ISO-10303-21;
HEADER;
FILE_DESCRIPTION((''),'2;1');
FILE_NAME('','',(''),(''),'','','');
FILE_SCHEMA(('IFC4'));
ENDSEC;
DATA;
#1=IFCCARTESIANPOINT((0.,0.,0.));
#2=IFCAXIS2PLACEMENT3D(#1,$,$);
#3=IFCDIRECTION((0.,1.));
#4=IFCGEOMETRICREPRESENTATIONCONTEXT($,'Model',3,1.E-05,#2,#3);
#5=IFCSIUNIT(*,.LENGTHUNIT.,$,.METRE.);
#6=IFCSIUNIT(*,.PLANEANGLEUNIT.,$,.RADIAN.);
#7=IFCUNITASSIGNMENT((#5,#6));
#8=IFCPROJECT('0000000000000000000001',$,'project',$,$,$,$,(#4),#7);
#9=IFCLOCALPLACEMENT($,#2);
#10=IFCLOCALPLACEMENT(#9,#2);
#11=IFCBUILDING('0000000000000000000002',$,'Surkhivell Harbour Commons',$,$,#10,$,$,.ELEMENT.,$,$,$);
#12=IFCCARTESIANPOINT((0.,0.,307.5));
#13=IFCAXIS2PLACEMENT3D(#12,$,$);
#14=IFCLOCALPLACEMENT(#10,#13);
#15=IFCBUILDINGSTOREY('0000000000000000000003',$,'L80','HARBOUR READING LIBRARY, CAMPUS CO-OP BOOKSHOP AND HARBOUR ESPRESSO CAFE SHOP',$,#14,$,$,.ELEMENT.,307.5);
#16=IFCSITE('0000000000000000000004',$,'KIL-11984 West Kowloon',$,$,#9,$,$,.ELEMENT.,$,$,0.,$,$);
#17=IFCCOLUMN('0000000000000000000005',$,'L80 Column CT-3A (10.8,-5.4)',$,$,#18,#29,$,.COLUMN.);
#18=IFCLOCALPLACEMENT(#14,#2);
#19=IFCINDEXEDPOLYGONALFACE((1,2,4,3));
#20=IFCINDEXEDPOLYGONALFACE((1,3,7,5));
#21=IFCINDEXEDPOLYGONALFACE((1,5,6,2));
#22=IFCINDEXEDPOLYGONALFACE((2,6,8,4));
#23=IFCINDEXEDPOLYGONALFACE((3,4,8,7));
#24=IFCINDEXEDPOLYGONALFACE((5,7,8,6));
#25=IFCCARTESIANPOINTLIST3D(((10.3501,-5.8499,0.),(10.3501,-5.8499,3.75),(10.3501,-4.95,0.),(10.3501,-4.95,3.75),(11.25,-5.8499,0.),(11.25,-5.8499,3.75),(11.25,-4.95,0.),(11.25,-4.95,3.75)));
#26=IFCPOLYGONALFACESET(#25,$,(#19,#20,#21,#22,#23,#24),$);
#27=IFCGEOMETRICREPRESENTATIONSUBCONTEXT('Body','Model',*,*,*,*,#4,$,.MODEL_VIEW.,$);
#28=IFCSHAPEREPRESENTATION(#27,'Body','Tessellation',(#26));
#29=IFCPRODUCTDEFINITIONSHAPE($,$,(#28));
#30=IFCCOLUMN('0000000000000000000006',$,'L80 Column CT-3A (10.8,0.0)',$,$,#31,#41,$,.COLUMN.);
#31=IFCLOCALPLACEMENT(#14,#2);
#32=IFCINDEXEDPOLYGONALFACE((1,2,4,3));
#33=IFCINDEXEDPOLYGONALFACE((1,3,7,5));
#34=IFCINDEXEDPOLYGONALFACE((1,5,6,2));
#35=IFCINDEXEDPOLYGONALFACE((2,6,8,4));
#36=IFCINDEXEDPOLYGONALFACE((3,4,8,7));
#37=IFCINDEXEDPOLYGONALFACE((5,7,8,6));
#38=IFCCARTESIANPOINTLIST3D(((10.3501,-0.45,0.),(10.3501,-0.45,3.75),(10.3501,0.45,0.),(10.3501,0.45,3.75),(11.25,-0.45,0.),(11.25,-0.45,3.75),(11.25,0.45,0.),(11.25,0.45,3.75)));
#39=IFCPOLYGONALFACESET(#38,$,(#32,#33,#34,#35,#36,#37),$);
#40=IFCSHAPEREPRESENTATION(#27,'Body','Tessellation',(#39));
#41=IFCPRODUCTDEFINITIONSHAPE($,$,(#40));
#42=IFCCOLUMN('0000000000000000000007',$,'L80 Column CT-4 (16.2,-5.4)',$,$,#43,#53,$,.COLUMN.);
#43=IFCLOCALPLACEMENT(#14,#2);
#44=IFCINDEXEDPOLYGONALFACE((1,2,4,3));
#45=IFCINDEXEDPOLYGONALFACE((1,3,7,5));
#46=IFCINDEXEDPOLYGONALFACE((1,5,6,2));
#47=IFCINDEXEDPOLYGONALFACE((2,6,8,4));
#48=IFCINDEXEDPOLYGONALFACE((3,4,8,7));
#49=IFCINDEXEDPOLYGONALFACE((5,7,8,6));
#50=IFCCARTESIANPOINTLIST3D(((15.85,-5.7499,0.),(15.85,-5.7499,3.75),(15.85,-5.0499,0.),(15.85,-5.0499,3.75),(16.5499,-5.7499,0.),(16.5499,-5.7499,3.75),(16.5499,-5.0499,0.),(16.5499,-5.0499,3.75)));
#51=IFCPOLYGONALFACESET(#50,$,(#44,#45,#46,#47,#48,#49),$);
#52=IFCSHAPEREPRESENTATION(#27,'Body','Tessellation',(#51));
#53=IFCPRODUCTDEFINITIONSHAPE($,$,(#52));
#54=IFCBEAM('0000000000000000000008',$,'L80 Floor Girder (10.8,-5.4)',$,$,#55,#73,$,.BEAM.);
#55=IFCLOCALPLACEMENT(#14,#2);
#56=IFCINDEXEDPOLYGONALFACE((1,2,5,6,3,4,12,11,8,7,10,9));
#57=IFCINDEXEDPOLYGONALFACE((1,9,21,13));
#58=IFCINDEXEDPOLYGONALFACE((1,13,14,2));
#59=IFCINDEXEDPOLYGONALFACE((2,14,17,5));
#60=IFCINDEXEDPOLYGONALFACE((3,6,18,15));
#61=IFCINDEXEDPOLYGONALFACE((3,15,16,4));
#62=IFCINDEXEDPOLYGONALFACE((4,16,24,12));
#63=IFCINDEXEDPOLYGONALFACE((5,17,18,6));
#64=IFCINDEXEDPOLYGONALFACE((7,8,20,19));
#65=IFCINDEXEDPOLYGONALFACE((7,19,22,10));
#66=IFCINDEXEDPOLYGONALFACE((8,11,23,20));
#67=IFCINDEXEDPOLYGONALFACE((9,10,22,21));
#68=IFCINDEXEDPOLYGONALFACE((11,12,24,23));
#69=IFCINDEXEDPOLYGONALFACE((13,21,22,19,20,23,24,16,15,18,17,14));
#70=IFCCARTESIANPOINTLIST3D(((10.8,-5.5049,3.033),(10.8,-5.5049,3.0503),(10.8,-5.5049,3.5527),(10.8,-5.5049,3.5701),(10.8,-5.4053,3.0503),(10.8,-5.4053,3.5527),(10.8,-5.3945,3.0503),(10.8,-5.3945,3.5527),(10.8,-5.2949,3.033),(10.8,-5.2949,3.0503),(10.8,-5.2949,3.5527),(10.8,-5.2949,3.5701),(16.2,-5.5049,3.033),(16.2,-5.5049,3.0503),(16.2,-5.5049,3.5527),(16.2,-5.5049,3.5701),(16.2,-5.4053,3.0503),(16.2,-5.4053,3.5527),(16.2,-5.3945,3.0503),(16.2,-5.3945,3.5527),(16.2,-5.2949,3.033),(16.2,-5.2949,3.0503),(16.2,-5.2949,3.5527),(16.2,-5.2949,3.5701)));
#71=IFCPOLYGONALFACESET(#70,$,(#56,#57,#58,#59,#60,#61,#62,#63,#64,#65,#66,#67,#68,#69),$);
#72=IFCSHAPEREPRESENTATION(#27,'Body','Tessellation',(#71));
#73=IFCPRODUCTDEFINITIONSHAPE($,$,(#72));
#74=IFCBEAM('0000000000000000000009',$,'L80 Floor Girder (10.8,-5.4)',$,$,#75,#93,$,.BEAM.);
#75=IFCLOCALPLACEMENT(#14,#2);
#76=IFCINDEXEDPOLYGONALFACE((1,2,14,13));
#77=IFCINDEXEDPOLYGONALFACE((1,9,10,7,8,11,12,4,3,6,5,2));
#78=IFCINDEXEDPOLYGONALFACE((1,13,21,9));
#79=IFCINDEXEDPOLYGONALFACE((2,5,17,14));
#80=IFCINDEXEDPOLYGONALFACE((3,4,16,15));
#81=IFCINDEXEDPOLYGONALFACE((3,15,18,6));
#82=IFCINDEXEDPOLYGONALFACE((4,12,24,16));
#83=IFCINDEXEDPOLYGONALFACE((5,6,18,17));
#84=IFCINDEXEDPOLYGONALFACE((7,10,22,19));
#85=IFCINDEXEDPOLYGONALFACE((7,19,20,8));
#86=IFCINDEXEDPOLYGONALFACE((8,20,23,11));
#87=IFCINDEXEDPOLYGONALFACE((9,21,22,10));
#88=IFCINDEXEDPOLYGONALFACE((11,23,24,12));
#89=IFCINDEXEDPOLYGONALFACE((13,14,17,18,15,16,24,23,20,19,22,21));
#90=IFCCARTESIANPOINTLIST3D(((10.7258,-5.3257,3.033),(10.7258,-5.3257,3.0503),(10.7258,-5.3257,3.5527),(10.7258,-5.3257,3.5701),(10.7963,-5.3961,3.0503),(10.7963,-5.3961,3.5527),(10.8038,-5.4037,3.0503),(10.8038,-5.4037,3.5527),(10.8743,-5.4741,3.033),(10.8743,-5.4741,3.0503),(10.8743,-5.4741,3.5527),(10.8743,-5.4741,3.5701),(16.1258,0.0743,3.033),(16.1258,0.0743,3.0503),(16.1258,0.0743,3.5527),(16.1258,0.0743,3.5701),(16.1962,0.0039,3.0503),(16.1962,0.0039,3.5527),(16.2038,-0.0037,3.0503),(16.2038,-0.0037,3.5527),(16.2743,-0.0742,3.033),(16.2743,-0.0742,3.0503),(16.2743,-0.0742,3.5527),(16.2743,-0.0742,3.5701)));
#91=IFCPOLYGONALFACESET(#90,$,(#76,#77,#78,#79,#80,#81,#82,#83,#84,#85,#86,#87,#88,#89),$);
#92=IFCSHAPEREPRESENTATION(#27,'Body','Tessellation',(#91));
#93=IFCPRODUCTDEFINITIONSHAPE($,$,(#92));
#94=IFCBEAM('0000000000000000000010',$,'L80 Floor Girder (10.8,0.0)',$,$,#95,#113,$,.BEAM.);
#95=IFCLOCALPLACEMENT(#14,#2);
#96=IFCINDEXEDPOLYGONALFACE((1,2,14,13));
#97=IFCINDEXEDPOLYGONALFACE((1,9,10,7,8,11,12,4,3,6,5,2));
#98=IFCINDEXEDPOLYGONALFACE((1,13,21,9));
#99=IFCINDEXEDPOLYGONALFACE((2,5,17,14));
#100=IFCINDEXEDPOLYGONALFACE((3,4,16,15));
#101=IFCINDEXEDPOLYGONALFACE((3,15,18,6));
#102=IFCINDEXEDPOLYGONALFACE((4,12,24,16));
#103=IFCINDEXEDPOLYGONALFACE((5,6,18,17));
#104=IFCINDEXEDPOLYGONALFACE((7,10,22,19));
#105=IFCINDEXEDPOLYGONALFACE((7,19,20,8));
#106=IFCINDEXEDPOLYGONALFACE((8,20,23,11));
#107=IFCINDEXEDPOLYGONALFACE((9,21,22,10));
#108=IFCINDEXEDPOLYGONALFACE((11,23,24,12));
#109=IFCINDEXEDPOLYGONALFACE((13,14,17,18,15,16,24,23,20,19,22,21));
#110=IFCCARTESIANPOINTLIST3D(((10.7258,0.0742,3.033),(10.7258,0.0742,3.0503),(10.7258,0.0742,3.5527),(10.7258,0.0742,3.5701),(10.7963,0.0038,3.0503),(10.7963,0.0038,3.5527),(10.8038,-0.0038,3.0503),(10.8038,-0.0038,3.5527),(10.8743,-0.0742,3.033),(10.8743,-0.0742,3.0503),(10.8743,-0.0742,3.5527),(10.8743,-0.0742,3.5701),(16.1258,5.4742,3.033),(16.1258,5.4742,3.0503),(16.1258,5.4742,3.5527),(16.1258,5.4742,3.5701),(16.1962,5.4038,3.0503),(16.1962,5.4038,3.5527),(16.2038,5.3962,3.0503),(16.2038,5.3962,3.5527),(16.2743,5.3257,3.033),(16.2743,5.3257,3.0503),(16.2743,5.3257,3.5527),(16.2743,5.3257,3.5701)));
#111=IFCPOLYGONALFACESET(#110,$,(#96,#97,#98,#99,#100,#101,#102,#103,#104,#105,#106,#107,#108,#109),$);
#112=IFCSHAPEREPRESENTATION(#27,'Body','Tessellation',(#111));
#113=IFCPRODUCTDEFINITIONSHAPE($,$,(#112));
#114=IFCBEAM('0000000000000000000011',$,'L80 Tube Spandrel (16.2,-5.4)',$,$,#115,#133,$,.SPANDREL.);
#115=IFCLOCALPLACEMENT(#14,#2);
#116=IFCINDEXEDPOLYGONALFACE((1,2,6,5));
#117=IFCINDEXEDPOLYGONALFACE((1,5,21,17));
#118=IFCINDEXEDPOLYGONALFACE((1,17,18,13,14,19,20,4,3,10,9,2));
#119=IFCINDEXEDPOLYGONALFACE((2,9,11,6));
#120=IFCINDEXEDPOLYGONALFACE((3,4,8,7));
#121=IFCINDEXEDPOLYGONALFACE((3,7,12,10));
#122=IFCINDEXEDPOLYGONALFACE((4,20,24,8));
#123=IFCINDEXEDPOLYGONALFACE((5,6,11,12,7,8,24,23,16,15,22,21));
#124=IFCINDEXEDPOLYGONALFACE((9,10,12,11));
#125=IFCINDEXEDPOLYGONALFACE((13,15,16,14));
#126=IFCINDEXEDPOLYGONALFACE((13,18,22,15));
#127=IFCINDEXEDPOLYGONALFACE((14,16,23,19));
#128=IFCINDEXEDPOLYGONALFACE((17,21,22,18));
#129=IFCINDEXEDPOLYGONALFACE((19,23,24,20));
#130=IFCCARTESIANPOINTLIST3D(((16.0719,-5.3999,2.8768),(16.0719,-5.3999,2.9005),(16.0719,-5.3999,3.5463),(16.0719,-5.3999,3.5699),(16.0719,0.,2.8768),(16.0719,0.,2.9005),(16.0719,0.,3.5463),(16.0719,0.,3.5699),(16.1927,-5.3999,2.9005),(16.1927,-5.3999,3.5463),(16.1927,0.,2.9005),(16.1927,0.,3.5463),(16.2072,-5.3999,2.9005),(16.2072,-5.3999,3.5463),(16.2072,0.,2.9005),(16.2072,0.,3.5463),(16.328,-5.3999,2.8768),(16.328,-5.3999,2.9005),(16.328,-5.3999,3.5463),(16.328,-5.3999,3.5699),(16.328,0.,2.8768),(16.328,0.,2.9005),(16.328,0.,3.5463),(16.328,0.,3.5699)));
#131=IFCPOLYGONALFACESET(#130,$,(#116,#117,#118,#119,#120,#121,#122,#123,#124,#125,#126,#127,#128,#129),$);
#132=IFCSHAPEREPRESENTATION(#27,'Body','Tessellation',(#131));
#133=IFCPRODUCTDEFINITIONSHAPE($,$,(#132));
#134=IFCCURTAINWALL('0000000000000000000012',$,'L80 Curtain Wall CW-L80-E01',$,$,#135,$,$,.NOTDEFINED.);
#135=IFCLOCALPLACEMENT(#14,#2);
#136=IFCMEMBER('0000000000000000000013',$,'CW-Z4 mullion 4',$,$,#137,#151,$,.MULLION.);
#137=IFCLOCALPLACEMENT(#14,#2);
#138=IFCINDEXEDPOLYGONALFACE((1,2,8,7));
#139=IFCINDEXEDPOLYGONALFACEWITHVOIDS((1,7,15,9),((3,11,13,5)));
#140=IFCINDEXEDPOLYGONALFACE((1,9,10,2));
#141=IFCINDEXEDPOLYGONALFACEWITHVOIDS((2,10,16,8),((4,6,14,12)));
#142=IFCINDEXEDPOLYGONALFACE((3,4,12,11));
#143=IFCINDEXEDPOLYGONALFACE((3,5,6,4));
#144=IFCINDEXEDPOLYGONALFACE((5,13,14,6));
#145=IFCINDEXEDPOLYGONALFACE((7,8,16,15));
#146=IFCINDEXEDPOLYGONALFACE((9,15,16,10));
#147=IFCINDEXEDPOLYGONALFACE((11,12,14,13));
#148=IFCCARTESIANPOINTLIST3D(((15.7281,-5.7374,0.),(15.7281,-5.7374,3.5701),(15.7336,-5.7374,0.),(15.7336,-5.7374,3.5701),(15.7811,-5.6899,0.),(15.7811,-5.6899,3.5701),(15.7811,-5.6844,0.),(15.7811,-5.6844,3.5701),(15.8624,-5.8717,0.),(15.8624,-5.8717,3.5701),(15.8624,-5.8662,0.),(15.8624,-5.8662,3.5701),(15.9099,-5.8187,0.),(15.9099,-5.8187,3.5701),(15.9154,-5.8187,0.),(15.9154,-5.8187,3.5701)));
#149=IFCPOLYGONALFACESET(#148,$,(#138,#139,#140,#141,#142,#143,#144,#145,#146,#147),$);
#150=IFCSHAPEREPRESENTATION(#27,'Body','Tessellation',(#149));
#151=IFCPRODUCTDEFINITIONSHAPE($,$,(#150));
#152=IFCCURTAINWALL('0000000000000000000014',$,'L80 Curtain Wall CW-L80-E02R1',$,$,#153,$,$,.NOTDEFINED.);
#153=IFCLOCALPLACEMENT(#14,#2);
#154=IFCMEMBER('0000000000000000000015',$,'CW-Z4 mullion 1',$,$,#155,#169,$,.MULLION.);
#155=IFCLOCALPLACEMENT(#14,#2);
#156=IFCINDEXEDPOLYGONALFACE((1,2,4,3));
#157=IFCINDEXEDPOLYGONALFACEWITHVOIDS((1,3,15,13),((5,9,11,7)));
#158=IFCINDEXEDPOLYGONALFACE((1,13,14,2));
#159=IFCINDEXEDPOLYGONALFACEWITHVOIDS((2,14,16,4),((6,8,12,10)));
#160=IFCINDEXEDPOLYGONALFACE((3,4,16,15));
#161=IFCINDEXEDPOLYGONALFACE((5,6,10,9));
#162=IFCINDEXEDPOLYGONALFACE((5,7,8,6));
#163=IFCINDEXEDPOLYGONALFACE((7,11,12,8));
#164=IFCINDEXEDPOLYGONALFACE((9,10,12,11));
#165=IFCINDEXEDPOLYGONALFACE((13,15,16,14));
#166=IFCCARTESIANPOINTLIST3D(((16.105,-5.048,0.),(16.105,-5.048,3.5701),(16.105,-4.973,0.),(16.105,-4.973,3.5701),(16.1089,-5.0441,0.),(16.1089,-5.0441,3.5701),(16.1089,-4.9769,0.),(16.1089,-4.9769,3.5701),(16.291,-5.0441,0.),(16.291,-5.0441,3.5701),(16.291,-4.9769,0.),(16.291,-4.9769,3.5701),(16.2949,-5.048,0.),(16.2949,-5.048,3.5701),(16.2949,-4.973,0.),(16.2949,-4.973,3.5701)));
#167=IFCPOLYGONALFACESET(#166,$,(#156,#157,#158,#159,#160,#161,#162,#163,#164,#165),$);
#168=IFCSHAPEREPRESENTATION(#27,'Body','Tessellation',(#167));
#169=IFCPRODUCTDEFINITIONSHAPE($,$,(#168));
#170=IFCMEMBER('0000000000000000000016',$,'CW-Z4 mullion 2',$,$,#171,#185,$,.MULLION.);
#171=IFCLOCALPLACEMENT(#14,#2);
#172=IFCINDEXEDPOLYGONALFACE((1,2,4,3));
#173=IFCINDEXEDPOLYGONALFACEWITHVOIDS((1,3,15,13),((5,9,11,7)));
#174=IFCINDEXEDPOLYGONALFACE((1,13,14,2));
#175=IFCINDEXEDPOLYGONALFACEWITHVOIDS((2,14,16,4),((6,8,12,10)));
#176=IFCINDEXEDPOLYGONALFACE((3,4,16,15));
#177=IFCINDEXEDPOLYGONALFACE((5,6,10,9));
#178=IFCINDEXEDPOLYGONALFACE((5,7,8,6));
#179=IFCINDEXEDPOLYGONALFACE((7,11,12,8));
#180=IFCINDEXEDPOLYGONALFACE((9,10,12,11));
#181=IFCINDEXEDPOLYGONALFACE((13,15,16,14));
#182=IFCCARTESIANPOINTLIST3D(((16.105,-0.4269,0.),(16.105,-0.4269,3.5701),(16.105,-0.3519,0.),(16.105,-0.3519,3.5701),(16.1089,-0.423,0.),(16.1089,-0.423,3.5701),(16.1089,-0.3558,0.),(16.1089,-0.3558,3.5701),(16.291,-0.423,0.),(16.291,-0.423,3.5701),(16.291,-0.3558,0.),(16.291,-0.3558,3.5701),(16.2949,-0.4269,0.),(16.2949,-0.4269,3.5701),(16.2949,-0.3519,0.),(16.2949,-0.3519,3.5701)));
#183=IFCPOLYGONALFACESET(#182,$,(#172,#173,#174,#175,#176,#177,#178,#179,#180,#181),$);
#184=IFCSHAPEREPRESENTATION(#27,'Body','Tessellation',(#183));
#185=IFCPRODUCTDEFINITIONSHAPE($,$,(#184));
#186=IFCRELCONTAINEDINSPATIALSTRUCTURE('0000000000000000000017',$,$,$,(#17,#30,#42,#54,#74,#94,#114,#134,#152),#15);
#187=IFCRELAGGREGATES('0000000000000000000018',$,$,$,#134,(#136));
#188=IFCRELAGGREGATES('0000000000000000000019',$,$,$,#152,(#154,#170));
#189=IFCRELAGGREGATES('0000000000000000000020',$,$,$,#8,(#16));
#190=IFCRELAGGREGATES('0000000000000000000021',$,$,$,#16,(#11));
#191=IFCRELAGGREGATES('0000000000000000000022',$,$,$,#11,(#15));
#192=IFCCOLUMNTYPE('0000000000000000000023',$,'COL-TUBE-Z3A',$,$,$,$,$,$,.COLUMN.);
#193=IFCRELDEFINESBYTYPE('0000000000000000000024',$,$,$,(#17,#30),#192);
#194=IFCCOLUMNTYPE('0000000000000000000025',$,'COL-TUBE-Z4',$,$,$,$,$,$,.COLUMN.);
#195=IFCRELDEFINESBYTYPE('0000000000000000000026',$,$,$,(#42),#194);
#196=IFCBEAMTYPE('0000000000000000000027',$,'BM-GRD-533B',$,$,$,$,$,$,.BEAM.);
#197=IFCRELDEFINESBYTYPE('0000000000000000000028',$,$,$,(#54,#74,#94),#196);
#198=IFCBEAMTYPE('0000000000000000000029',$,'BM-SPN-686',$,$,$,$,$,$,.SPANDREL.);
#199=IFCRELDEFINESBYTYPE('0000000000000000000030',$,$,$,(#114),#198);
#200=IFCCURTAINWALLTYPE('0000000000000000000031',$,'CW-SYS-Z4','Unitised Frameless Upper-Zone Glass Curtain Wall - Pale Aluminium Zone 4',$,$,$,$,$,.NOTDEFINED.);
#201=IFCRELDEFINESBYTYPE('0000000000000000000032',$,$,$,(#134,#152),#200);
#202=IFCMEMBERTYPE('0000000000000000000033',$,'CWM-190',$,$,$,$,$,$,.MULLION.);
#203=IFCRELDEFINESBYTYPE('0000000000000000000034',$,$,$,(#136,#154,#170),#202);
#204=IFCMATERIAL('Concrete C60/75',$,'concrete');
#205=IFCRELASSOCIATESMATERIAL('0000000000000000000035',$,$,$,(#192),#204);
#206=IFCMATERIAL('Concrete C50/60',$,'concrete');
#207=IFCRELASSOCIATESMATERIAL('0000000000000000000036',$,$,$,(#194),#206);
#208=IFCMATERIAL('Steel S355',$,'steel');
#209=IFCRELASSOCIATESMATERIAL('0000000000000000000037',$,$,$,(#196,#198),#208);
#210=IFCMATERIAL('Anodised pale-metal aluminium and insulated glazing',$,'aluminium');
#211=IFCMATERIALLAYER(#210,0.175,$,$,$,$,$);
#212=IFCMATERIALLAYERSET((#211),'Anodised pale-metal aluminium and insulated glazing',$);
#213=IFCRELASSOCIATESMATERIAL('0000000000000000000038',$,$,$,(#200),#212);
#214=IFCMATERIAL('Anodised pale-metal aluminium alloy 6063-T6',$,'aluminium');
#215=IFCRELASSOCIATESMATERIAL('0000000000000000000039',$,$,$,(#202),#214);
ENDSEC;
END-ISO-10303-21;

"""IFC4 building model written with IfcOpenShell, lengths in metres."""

from ifc_helpers import new_model, si_unit, direction, frame, origin, origin_2d, place, context, subcontext, project, spatial, rectangle, hollow_rectangle, i_section, extrude, material, layer, layer_set, material_profile, profile_set, type_object, element, aggregate, save


model = new_model("IFC4")

# Units and contexts
model_context = context("Model", 3, precision=1e-05, world=origin(), true_north=direction((0.0, 1.0)))
body_context = subcontext(model_context, "Body", "Model", "MODEL_VIEW")
ifc_project = project(units=[si_unit("LENGTHUNIT", "METRE"), si_unit("PLANEANGLEUNIT", "RADIAN")], contexts=[model_context])

# Site, building, storey
site_placement = place(None, origin())
site = spatial("IfcSite", under=ifc_project, at=site_placement, Name="KIL-11984 West Kowloon", CompositionType="ELEMENT", RefElevation=0.0)
building_placement = place(site_placement, origin())
building = spatial("IfcBuilding", under=site, at=building_placement, Name="Surkhivell Harbour Commons", CompositionType="ELEMENT")
storey_placement = place(building_placement, frame((0.0, 0.0, 307.5)))
storey = spatial("IfcBuildingStorey", under=building, at=storey_placement, Name="L80", Description="HARBOUR READING LIBRARY, CAMPUS CO-OP BOOKSHOP AND HARBOUR ESPRESSO CAFE SHOP", CompositionType="ELEMENT", Elevation=307.5)

# Columns
ifc_material_1 = material(Name="Concrete C60/75", Category="concrete")
ifc_material_profile_1 = material_profile(ifc_material_1, rectangle(XDim=0.8999, YDim=0.8999, at=origin_2d()), Name="RC-COL-900x900")
ifc_profile_set_1 = profile_set([ifc_material_profile_1], Name="Concrete C60/75")
column_type_1 = type_object("IfcColumnType", Name="COL-TUBE-Z3A", PredefinedType="COLUMN", material=ifc_profile_set_1)
for number, where, z_axis, x_axis, name in (
    (1, (10.8, -5.3999, 0.0), (0.0, 0.0, 1.0), (1.0, 0.0, 0.0), "L80 Column CT-3A (10.8,-5.4)"),
    (2, (10.8, 0.0, 0.0), (0.0, 0.0, 1.0), (1.0, 0.0, 0.0), "L80 Column CT-3A (10.8,0.0)"),
):
    element("IfcColumn", number, at=place(storey_placement, frame(where, z_axis=z_axis, x_axis=x_axis)), inside=storey, type_object=column_type_1, Name=name, PredefinedType="COLUMN", context=body_context, shape_type="SweptSolid", body=[
        extrude(rectangle(XDim=0.8999, YDim=0.8999, at=origin_2d()), origin(), (0.0, 0.0, 1.0), 3.75),
    ])
ifc_material_2 = material(Name="Concrete C50/60", Category="concrete")
ifc_material_profile_2 = material_profile(ifc_material_2, rectangle(XDim=0.7, YDim=0.7, at=origin_2d()), Name="RC-COL-700x700")
ifc_profile_set_2 = profile_set([ifc_material_profile_2], Name="Concrete C50/60")
column_type_2 = type_object("IfcColumnType", Name="COL-TUBE-Z4", PredefinedType="COLUMN", material=ifc_profile_set_2)
column_placement = place(storey_placement, frame((16.2, -5.3999, 0.0), z_axis=(0.0, 0.0, 1.0), x_axis=(1.0, 0.0, 0.0)))
element("IfcColumn", 3, at=column_placement, inside=storey, type_object=column_type_2, Name="L80 Column CT-4 (16.2,-5.4)", PredefinedType="COLUMN", context=body_context, shape_type="SweptSolid", body=[
    extrude(rectangle(XDim=0.7, YDim=0.7, at=origin_2d()), origin(), (0.0, 0.0, 1.0), 3.75),
])

# Beams
ifc_material_3 = material(Name="Steel S355", Category="steel")
ifc_material_profile_3 = material_profile(ifc_material_3, i_section(OverallWidth=0.21, OverallDepth=0.5371, WebThickness=0.0107, FlangeThickness=0.0173, at=origin_2d()), Name="UB533x210x101")
ifc_profile_set_3 = profile_set([ifc_material_profile_3], Name="Steel S355")
beam_type_1 = type_object("IfcBeamType", Name="BM-GRD-533B", PredefinedType="BEAM", material=ifc_profile_set_3)
beam_1_placement = place(storey_placement, frame((10.8, -5.3999, 3.3015), z_axis=(1.0, 0.0, 0.0), x_axis=(0.0, 1.0, 0.0)))
element("IfcBeam", 4, at=beam_1_placement, inside=storey, type_object=beam_type_1, Name="L80 Floor Girder (10.8,-5.4)", PredefinedType="BEAM", context=body_context, shape_type="SweptSolid", body=[
    extrude(i_section(OverallWidth=0.21, OverallDepth=0.5371, WebThickness=0.0107, FlangeThickness=0.0173, at=origin_2d()), origin(), (0.0, 0.0, 1.0), 5.3999),
])
for number, where, z_axis, x_axis, name in (
    (5, (10.8, -5.3999, 3.3015), (0.707107, 0.707107, 0.0), (-0.707107, 0.707107, 0.0), "L80 Floor Girder (10.8,-5.4)"),
    (6, (10.8, 0.0, 3.3015), (0.707107, 0.707107, 0.0), (-0.707107, 0.707107, 0.0), "L80 Floor Girder (10.8,0.0)"),
):
    element("IfcBeam", number, at=place(storey_placement, frame(where, z_axis=z_axis, x_axis=x_axis)), inside=storey, type_object=beam_type_1, Name=name, PredefinedType="BEAM", context=body_context, shape_type="SweptSolid", body=[
        extrude(i_section(OverallWidth=0.21, OverallDepth=0.5371, WebThickness=0.0107, FlangeThickness=0.0173, at=origin_2d()), origin(), (0.0, 0.0, 1.0), 7.6367),
    ])
ifc_material_profile_4 = material_profile(ifc_material_3, i_section(OverallWidth=0.2561, OverallDepth=0.6931, WebThickness=0.0144, FlangeThickness=0.0237, at=origin_2d()), Name="UB686x254x170")
ifc_profile_set_4 = profile_set([ifc_material_profile_4], Name="Steel S355")
beam_type_2 = type_object("IfcBeamType", Name="BM-SPN-686", PredefinedType="SPANDREL", material=ifc_profile_set_4)
beam_2_placement = place(storey_placement, frame((16.2, -5.3999, 3.2234), z_axis=(0.0, 1.0, 0.0), x_axis=(-1.0, 0.0, 0.0)))
element("IfcBeam", 7, at=beam_2_placement, inside=storey, type_object=beam_type_2, Name="L80 Tube Spandrel (16.2,-5.4)", PredefinedType="SPANDREL", context=body_context, shape_type="SweptSolid", body=[
    extrude(i_section(OverallWidth=0.2561, OverallDepth=0.6931, WebThickness=0.0144, FlangeThickness=0.0237, at=origin_2d()), origin(), (0.0, 0.0, 1.0), 5.3999),
])

# Curtain wall, member
ifc_material_4 = material(Name="Anodised pale-metal aluminium and insulated glazing", Category="aluminium")
ifc_layer_1 = layer(ifc_material_4, 0.175)
ifc_layer_set_1 = layer_set([ifc_layer_1], Name="Anodised pale-metal aluminium and insulated glazing")
curtain_wall_type = type_object("IfcCurtainWallType", Name="CW-SYS-Z4", Description="Unitised Frameless Upper-Zone Glass Curtain Wall - Pale Aluminium Zone 4", PredefinedType="NOTDEFINED", material=ifc_layer_set_1)
curtain_wall_1_placement = place(storey_placement, origin())
curtain_wall_1 = element("IfcCurtainWall", 8, at=curtain_wall_1_placement, inside=storey, type_object=curtain_wall_type, Name="L80 Curtain Wall CW-L80-E01", PredefinedType="NOTDEFINED")
ifc_material_5 = material(Name="Anodised pale-metal aluminium alloy 6063-T6", Category="aluminium")
ifc_material_profile_5 = material_profile(ifc_material_5, hollow_rectangle(XDim=0.075, YDim=0.1899, WallThickness=0.0039, at=origin_2d()), Name="ALU-MULL-75x190")
ifc_profile_set_5 = profile_set([ifc_material_profile_5], Name="Anodised pale-metal aluminium alloy 6063-T6")
member_type_1 = type_object("IfcMemberType", Name="CWM-190", PredefinedType="MULLION", material=ifc_profile_set_5)
member_1_placement = place(storey_placement, frame((15.8218, -5.7781, 0.0), z_axis=(0.0, 0.0, 1.0), x_axis=(0.707107, 0.707107, 0.0)))
member_1 = element("IfcMember", 9, at=member_1_placement, type_object=member_type_1, Name="CW-Z4 mullion 4", PredefinedType="MULLION", context=body_context, shape_type="SweptSolid", body=[
    extrude(hollow_rectangle(XDim=0.075, YDim=0.1899, WallThickness=0.0039, at=origin_2d()), origin(), (0.0, 0.0, 1.0), 3.5701),
])
aggregate(curtain_wall_1, [member_1])

# Curtain wall, members
curtain_wall_2_placement = place(storey_placement, origin())
curtain_wall_2 = element("IfcCurtainWall", 10, at=curtain_wall_2_placement, inside=storey, type_object=curtain_wall_type, Name="L80 Curtain Wall CW-L80-E02R1", PredefinedType="NOTDEFINED")
member_2_placement = place(storey_placement, frame((16.2, -5.0105, 0.0), z_axis=(0.0, 0.0, 1.0), x_axis=(0.0, 1.0, 0.0)))
member_2 = element("IfcMember", 11, at=member_2_placement, type_object=member_type_1, Name="CW-Z4 mullion 1", PredefinedType="MULLION", context=body_context, shape_type="SweptSolid", body=[
    extrude(hollow_rectangle(XDim=0.075, YDim=0.1899, WallThickness=0.0039, at=origin_2d()), origin(), (0.0, 0.0, 1.0), 3.5701),
])
member_3_placement = place(storey_placement, frame((16.2, -0.3894, 0.0), z_axis=(0.0, 0.0, 1.0), x_axis=(0.0, 1.0, 0.0)))
member_3 = element("IfcMember", 12, at=member_3_placement, type_object=member_type_1, Name="CW-Z4 mullion 2", PredefinedType="MULLION", context=body_context, shape_type="SweptSolid", body=[
    extrude(hollow_rectangle(XDim=0.075, YDim=0.1899, WallThickness=0.0039, at=origin_2d()), origin(), (0.0, 0.0, 1.0), 3.5701),
])
aggregate(curtain_wall_2, [member_2, member_3])

save(model, "model.ifc")
